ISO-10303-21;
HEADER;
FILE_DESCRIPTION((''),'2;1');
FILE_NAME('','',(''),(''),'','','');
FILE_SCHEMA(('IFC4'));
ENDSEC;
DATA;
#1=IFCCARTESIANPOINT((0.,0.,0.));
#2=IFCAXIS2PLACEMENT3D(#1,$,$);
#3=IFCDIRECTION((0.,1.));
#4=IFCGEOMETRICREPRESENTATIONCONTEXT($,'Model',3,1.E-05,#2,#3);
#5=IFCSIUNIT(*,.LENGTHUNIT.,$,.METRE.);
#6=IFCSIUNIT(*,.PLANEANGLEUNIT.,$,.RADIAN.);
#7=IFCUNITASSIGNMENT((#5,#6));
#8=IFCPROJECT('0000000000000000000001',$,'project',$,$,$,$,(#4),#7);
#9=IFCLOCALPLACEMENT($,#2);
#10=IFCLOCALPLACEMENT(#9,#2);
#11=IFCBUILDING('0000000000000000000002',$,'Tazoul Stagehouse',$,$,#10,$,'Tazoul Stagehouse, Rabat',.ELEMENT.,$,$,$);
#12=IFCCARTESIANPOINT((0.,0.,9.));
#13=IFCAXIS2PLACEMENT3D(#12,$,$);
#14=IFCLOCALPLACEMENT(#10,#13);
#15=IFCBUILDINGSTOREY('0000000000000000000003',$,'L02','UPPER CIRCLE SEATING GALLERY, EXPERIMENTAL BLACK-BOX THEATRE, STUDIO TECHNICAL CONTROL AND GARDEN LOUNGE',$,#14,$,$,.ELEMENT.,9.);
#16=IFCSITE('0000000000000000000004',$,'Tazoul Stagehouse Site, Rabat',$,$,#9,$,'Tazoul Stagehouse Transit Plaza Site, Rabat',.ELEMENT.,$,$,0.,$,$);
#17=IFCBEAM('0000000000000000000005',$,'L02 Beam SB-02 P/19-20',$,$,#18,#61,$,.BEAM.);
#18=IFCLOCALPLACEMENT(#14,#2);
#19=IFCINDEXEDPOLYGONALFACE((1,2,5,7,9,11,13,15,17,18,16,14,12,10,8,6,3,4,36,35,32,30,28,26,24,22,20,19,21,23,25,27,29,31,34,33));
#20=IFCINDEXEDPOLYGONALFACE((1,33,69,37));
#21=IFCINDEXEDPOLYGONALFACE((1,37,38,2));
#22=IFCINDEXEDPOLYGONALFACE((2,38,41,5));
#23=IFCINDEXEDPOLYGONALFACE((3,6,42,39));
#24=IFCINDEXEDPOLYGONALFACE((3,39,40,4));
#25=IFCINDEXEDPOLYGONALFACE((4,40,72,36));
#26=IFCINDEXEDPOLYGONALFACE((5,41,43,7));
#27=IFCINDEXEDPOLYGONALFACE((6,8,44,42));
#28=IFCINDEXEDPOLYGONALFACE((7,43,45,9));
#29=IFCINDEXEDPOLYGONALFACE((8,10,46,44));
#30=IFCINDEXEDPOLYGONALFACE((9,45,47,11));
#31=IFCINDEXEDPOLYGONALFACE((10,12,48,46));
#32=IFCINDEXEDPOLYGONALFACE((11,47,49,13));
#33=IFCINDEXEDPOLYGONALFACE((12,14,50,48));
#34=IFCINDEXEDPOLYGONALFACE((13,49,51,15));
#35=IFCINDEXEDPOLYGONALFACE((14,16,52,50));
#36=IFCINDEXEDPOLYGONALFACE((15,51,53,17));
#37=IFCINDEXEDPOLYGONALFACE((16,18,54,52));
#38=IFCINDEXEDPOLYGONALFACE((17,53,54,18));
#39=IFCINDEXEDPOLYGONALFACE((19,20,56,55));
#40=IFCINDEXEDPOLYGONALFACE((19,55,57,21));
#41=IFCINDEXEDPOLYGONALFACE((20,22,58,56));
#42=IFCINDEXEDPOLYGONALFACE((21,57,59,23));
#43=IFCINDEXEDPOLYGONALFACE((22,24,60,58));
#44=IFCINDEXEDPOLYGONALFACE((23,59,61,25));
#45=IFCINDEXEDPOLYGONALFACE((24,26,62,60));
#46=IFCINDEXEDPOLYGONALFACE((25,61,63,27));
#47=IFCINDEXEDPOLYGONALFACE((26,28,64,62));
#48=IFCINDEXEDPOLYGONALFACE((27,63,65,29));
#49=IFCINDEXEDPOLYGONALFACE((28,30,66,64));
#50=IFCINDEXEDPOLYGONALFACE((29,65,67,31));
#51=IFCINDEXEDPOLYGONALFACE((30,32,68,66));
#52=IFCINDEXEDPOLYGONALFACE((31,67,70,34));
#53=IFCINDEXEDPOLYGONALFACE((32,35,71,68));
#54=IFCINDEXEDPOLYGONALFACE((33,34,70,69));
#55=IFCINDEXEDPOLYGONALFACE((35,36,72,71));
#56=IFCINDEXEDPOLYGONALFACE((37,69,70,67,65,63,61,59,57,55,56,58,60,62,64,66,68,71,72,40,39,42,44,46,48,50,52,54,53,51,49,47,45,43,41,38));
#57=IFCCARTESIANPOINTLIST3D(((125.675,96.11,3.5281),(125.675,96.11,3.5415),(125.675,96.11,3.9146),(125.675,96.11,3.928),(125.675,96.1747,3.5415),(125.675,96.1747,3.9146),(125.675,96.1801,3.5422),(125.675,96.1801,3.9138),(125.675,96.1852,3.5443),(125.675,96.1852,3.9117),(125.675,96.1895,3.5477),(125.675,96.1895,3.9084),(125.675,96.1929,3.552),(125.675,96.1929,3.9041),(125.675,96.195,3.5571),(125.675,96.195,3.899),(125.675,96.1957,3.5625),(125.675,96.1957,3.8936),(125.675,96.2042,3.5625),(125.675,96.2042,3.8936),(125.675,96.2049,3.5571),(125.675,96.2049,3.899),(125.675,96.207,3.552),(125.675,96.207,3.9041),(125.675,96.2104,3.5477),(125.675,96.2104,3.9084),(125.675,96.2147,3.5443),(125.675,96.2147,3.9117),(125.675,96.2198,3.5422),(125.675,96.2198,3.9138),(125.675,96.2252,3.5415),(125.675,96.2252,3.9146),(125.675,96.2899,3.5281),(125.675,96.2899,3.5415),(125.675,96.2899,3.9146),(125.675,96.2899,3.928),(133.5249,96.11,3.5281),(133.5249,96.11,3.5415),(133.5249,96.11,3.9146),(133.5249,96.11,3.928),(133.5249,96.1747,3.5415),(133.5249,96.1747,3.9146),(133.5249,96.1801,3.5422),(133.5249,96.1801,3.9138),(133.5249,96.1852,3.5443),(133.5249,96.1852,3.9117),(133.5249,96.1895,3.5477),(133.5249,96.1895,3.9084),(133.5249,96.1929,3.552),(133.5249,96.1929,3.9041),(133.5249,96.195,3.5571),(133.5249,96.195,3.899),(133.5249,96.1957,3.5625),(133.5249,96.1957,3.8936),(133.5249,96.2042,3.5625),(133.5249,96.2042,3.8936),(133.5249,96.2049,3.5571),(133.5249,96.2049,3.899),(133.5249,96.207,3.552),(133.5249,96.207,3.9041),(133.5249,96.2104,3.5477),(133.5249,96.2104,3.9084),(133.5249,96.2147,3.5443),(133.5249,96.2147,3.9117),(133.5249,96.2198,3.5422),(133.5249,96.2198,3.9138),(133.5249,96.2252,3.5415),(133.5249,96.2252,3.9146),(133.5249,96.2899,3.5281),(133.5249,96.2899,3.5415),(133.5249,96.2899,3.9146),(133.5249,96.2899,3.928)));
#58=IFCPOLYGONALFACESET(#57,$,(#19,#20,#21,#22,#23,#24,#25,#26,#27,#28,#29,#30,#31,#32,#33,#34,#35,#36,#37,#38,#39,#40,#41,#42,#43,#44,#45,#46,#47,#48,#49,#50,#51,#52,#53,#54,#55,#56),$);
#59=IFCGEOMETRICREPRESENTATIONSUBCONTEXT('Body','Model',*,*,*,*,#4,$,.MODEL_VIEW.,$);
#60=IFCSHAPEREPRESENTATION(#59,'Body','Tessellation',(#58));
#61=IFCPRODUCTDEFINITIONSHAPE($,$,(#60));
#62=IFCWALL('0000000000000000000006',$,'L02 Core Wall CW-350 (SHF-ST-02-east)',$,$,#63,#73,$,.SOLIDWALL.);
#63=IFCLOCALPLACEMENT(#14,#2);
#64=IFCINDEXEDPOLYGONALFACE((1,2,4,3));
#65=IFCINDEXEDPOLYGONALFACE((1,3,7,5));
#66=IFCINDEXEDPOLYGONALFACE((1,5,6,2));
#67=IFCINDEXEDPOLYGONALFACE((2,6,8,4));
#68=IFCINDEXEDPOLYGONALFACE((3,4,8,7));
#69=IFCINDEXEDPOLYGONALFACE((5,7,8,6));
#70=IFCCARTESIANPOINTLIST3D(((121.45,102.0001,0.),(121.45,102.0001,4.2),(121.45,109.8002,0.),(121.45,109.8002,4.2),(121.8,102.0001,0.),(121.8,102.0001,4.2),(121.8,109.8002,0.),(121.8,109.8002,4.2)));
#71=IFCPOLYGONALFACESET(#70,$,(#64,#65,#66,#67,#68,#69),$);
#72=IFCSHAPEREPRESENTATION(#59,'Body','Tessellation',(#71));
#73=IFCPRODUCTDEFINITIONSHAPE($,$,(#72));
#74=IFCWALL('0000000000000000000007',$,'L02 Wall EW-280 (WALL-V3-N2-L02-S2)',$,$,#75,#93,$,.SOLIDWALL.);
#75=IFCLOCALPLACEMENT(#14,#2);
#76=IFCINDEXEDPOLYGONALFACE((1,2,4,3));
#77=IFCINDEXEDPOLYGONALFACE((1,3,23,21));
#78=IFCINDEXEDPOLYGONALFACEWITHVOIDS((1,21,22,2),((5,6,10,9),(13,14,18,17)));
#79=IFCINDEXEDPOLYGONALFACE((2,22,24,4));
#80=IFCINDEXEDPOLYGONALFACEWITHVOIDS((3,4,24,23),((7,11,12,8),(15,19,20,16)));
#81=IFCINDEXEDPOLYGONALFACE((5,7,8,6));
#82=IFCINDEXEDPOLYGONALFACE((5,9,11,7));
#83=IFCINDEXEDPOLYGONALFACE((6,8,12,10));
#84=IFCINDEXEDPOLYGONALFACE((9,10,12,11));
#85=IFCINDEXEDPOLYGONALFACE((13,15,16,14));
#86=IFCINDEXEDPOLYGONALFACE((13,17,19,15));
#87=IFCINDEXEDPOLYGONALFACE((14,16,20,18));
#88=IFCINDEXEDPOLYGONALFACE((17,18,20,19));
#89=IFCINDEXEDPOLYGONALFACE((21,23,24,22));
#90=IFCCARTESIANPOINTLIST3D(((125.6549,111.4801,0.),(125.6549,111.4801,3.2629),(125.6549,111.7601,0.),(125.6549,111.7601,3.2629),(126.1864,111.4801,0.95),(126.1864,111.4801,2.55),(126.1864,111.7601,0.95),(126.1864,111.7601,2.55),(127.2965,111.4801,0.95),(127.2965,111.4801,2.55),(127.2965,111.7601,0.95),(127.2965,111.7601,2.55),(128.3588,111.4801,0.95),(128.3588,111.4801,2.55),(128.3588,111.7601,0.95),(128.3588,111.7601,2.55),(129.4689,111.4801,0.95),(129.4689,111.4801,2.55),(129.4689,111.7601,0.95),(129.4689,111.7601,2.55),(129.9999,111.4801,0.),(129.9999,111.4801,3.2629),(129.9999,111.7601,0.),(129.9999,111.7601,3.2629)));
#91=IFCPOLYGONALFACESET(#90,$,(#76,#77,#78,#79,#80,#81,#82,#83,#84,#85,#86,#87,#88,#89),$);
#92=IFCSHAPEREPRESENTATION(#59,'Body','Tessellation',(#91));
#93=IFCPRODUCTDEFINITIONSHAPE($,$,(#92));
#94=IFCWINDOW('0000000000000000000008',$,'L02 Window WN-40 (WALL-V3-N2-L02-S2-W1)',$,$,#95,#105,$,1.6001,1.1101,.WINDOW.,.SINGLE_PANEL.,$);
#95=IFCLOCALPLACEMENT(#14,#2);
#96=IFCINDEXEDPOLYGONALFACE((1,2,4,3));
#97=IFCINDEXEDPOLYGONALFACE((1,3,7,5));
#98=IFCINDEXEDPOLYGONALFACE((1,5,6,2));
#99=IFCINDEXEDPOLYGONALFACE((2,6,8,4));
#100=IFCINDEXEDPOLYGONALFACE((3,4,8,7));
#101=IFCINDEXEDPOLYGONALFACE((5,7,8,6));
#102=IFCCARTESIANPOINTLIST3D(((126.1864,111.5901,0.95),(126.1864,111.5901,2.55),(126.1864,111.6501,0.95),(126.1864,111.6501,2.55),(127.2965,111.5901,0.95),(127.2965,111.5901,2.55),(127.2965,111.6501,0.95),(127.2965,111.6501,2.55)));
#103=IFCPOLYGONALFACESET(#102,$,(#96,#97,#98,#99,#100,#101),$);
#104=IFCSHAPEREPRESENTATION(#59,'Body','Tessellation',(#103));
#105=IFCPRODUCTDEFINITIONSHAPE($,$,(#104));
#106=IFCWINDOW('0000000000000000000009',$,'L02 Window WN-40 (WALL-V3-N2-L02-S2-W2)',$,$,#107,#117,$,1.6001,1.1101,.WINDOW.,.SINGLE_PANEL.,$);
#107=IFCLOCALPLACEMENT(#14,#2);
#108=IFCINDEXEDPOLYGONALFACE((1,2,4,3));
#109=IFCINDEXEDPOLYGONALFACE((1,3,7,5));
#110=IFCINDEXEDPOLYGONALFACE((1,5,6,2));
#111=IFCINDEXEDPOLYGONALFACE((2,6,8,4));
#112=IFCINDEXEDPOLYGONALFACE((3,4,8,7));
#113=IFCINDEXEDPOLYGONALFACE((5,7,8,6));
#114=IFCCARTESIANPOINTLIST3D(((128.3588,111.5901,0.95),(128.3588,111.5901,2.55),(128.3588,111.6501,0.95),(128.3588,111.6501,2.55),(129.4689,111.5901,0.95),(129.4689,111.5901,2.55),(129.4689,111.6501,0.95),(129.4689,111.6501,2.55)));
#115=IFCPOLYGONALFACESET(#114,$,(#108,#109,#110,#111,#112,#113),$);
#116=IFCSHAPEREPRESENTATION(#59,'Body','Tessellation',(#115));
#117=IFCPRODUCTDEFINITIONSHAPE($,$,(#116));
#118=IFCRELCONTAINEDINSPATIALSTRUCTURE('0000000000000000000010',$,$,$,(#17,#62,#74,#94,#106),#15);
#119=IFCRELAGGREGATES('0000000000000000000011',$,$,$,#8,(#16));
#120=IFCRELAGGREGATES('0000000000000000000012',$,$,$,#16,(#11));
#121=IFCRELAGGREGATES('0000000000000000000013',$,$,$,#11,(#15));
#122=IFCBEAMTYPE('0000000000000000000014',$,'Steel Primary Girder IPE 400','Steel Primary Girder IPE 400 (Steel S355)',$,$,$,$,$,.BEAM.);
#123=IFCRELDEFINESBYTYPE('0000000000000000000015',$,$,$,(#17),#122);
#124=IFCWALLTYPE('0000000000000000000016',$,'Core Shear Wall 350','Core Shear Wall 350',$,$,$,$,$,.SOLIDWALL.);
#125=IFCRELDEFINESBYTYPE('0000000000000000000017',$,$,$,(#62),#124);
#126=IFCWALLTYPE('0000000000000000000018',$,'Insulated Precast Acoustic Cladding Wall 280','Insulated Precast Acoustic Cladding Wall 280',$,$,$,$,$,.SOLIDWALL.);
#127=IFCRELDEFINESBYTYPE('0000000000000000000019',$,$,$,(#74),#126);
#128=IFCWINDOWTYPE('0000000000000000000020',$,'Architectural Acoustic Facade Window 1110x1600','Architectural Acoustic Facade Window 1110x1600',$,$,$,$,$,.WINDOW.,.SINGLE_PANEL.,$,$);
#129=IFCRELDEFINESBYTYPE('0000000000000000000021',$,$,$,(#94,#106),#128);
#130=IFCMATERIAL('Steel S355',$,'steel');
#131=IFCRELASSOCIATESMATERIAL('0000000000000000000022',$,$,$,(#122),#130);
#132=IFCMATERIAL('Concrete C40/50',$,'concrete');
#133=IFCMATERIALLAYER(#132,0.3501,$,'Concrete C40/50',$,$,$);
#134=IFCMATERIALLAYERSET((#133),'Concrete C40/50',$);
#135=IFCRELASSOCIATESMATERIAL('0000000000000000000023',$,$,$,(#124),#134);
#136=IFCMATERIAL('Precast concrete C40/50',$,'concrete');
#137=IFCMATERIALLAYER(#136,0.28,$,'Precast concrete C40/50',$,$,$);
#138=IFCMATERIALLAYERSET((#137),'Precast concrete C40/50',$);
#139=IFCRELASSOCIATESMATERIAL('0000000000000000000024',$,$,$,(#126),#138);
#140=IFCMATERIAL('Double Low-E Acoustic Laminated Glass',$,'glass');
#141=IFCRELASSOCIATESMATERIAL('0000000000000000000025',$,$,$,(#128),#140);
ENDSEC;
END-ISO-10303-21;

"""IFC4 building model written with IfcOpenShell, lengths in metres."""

from ifc_helpers import new_model, si_unit, direction, frame, frame_2d, origin, origin_2d, place, context, subcontext, project, spatial, rectangle, i_section, extrude, material, layer, layer_set, material_profile, profile_set, type_object, element, fill, save


model = new_model("IFC4")

# Units and contexts
model_context = context("Model", 3, precision=1e-05, world=origin(), true_north=direction((0.0, 1.0)))
body_context = subcontext(model_context, "Body", "Model", "MODEL_VIEW")
ifc_project = project(units=[si_unit("LENGTHUNIT", "METRE"), si_unit("PLANEANGLEUNIT", "RADIAN")], contexts=[model_context])

# Site, building, storey
site_placement = place(None, origin())
site = spatial("IfcSite", under=ifc_project, at=site_placement, Name="Tazoul Stagehouse Site, Rabat", LongName="Tazoul Stagehouse Transit Plaza Site, Rabat", CompositionType="ELEMENT", RefElevation=0.0)
building_placement = place(site_placement, origin())
building = spatial("IfcBuilding", under=site, at=building_placement, Name="Tazoul Stagehouse", LongName="Tazoul Stagehouse, Rabat", CompositionType="ELEMENT")
storey_placement = place(building_placement, frame((0.0, 0.0, 9.0)))
storey = spatial("IfcBuildingStorey", under=building, at=storey_placement, Name="L02", Description="UPPER CIRCLE SEATING GALLERY, EXPERIMENTAL BLACK-BOX THEATRE, STUDIO TECHNICAL CONTROL AND GARDEN LOUNGE", CompositionType="ELEMENT", Elevation=9.0)

# Shared definitions
ifc_material_1 = material(Name="Concrete C40/50", Category="concrete")

# Beam
ifc_material_2 = material(Name="Steel S355", Category="steel")
ifc_material_profile_1 = material_profile(ifc_material_2, i_section(OverallWidth=0.1799, OverallDepth=0.3999, WebThickness=0.0085, FlangeThickness=0.0134, FilletRadius=0.021, at=origin_2d()), Name="IPE 400")
ifc_profile_set_1 = profile_set([ifc_material_profile_1], Name="Steel S355")
beam_type_1 = type_object("IfcBeamType", Name="Steel Primary Girder IPE 400", Description="Steel Primary Girder IPE 400 (Steel S355)", PredefinedType="BEAM", material=ifc_profile_set_1)
beam_1_placement = place(storey_placement, frame((125.675, 96.2, 3.728), z_axis=(1.0, 0.0, 0.0), x_axis=(0.0, 1.0, 0.0)))
element("IfcBeam", 1, at=beam_1_placement, inside=storey, type_object=beam_type_1, Name="L02 Beam SB-02 P/19-20", PredefinedType="BEAM", context=body_context, shape_type="SweptSolid", body=[
    extrude(i_section(OverallWidth=0.1799, OverallDepth=0.3999, WebThickness=0.0085, FlangeThickness=0.0134, FilletRadius=0.021, at=origin_2d()), origin(), (0.0, 0.0, 1.0), 7.8499),
])

# Shared definitions
ifc_layer_1 = layer(ifc_material_1, 0.3501, Name="Concrete C40/50")
ifc_layer_set_1 = layer_set([ifc_layer_1], Name="Concrete C40/50")
wall_type_1 = type_object("IfcWallType", Name="Core Shear Wall 350", Description="Core Shear Wall 350", PredefinedType="SOLIDWALL", material=ifc_layer_set_1)

# Wall
wall_1_placement = place(storey_placement, frame((121.625, 109.8, 0.0), z_axis=(0.0, 0.0, 1.0), x_axis=(0.0, -1.0, 0.0)))
element("IfcWall", 2, at=wall_1_placement, inside=storey, type_object=wall_type_1, Name="L02 Core Wall CW-350 (SHF-ST-02-east)", PredefinedType="SOLIDWALL", context=body_context, shape_type="SweptSolid", body=[
    extrude(rectangle(XDim=7.8, YDim=0.3501, at=frame_2d((3.8999, 0.0))), origin(), (0.0, 0.0, 1.0), 4.2),
])

# Wall, openings, windows
ifc_material_3 = material(Name="Precast concrete C40/50", Category="concrete")
ifc_layer_2 = layer(ifc_material_3, 0.28, Name="Precast concrete C40/50")
ifc_layer_set_2 = layer_set([ifc_layer_2], Name="Precast concrete C40/50")
wall_type_2 = type_object("IfcWallType", Name="Insulated Precast Acoustic Cladding Wall 280", Description="Insulated Precast Acoustic Cladding Wall 280", PredefinedType="SOLIDWALL", material=ifc_layer_set_2)
wall_2_placement = place(storey_placement, frame((125.655, 111.6201, 0.0), z_axis=(0.0, 0.0, 1.0), x_axis=(1.0, 0.0, 0.0)))
wall_2 = element("IfcWall", 3, at=wall_2_placement, inside=storey, type_object=wall_type_2, Name="L02 Wall EW-280 (WALL-V3-N2-L02-S2)", PredefinedType="SOLIDWALL", context=body_context, shape_type="SweptSolid", body=[
    extrude(rectangle(XDim=4.345, YDim=0.28, at=frame_2d((2.1724, 0.0))), origin(), (0.0, 0.0, 1.0), 3.2629),
])
opening_1_placement = place(wall_2_placement, frame((0.5312, 0.0, 0.95)))
opening_1 = element("IfcOpeningElement", 4, at=opening_1_placement, cuts=wall_2, PredefinedType="OPENING", context=body_context, shape_type="SweptSolid", body=[
    extrude(rectangle(XDim=1.1101, YDim=1.6001, at=frame_2d((0.5552, 0.8))), frame((0.0, 0.1599, 0.0), z_axis=(0.0, -1.0, 0.0), x_axis=(1.0, 0.0, 0.0)), (0.0, 0.0, 1.0), 0.3201),
])
opening_2_placement = place(wall_2_placement, frame((2.7036, 0.0, 0.95)))
opening_2 = element("IfcOpeningElement", 5, at=opening_2_placement, cuts=wall_2, PredefinedType="OPENING", context=body_context, shape_type="SweptSolid", body=[
    extrude(rectangle(XDim=1.1101, YDim=1.6001, at=frame_2d((0.5552, 0.8))), frame((0.0, 0.1599, 0.0), z_axis=(0.0, -1.0, 0.0), x_axis=(1.0, 0.0, 0.0)), (0.0, 0.0, 1.0), 0.3201),
])
ifc_material_4 = material(Name="Double Low-E Acoustic Laminated Glass", Category="glass")
window_type = type_object("IfcWindowType", Name="Architectural Acoustic Facade Window 1110x1600", Description="Architectural Acoustic Facade Window 1110x1600", PartitioningType="SINGLE_PANEL", PredefinedType="WINDOW", material=ifc_material_4)
window_1_placement = place(opening_1_placement, origin())
window_1 = element("IfcWindow", 6, at=window_1_placement, inside=storey, type_object=window_type, Name="L02 Window WN-40 (WALL-V3-N2-L02-S2-W1)", OverallHeight=1.6001, OverallWidth=1.1101, PartitioningType="SINGLE_PANEL", PredefinedType="WINDOW", context=body_context, shape_type="SweptSolid", body=[
    extrude(rectangle(XDim=1.1101, YDim=1.6001, at=frame_2d((0.5552, 0.8))), frame((0.0, 0.03, 0.0), z_axis=(0.0, -1.0, 0.0), x_axis=(1.0, 0.0, 0.0)), (0.0, 0.0, 1.0), 0.0601),
])
fill(opening_1, window_1)
window_2_placement = place(opening_2_placement, origin())
window_2 = element("IfcWindow", 7, at=window_2_placement, inside=storey, type_object=window_type, Name="L02 Window WN-40 (WALL-V3-N2-L02-S2-W2)", OverallHeight=1.6001, OverallWidth=1.1101, PartitioningType="SINGLE_PANEL", PredefinedType="WINDOW", context=body_context, shape_type="SweptSolid", body=[
    extrude(rectangle(XDim=1.1101, YDim=1.6001, at=frame_2d((0.5552, 0.8))), frame((0.0, 0.03, 0.0), z_axis=(0.0, -1.0, 0.0), x_axis=(1.0, 0.0, 0.0)), (0.0, 0.0, 1.0), 0.0601),
])
fill(opening_2, window_2)

save(model, "model.ifc")
